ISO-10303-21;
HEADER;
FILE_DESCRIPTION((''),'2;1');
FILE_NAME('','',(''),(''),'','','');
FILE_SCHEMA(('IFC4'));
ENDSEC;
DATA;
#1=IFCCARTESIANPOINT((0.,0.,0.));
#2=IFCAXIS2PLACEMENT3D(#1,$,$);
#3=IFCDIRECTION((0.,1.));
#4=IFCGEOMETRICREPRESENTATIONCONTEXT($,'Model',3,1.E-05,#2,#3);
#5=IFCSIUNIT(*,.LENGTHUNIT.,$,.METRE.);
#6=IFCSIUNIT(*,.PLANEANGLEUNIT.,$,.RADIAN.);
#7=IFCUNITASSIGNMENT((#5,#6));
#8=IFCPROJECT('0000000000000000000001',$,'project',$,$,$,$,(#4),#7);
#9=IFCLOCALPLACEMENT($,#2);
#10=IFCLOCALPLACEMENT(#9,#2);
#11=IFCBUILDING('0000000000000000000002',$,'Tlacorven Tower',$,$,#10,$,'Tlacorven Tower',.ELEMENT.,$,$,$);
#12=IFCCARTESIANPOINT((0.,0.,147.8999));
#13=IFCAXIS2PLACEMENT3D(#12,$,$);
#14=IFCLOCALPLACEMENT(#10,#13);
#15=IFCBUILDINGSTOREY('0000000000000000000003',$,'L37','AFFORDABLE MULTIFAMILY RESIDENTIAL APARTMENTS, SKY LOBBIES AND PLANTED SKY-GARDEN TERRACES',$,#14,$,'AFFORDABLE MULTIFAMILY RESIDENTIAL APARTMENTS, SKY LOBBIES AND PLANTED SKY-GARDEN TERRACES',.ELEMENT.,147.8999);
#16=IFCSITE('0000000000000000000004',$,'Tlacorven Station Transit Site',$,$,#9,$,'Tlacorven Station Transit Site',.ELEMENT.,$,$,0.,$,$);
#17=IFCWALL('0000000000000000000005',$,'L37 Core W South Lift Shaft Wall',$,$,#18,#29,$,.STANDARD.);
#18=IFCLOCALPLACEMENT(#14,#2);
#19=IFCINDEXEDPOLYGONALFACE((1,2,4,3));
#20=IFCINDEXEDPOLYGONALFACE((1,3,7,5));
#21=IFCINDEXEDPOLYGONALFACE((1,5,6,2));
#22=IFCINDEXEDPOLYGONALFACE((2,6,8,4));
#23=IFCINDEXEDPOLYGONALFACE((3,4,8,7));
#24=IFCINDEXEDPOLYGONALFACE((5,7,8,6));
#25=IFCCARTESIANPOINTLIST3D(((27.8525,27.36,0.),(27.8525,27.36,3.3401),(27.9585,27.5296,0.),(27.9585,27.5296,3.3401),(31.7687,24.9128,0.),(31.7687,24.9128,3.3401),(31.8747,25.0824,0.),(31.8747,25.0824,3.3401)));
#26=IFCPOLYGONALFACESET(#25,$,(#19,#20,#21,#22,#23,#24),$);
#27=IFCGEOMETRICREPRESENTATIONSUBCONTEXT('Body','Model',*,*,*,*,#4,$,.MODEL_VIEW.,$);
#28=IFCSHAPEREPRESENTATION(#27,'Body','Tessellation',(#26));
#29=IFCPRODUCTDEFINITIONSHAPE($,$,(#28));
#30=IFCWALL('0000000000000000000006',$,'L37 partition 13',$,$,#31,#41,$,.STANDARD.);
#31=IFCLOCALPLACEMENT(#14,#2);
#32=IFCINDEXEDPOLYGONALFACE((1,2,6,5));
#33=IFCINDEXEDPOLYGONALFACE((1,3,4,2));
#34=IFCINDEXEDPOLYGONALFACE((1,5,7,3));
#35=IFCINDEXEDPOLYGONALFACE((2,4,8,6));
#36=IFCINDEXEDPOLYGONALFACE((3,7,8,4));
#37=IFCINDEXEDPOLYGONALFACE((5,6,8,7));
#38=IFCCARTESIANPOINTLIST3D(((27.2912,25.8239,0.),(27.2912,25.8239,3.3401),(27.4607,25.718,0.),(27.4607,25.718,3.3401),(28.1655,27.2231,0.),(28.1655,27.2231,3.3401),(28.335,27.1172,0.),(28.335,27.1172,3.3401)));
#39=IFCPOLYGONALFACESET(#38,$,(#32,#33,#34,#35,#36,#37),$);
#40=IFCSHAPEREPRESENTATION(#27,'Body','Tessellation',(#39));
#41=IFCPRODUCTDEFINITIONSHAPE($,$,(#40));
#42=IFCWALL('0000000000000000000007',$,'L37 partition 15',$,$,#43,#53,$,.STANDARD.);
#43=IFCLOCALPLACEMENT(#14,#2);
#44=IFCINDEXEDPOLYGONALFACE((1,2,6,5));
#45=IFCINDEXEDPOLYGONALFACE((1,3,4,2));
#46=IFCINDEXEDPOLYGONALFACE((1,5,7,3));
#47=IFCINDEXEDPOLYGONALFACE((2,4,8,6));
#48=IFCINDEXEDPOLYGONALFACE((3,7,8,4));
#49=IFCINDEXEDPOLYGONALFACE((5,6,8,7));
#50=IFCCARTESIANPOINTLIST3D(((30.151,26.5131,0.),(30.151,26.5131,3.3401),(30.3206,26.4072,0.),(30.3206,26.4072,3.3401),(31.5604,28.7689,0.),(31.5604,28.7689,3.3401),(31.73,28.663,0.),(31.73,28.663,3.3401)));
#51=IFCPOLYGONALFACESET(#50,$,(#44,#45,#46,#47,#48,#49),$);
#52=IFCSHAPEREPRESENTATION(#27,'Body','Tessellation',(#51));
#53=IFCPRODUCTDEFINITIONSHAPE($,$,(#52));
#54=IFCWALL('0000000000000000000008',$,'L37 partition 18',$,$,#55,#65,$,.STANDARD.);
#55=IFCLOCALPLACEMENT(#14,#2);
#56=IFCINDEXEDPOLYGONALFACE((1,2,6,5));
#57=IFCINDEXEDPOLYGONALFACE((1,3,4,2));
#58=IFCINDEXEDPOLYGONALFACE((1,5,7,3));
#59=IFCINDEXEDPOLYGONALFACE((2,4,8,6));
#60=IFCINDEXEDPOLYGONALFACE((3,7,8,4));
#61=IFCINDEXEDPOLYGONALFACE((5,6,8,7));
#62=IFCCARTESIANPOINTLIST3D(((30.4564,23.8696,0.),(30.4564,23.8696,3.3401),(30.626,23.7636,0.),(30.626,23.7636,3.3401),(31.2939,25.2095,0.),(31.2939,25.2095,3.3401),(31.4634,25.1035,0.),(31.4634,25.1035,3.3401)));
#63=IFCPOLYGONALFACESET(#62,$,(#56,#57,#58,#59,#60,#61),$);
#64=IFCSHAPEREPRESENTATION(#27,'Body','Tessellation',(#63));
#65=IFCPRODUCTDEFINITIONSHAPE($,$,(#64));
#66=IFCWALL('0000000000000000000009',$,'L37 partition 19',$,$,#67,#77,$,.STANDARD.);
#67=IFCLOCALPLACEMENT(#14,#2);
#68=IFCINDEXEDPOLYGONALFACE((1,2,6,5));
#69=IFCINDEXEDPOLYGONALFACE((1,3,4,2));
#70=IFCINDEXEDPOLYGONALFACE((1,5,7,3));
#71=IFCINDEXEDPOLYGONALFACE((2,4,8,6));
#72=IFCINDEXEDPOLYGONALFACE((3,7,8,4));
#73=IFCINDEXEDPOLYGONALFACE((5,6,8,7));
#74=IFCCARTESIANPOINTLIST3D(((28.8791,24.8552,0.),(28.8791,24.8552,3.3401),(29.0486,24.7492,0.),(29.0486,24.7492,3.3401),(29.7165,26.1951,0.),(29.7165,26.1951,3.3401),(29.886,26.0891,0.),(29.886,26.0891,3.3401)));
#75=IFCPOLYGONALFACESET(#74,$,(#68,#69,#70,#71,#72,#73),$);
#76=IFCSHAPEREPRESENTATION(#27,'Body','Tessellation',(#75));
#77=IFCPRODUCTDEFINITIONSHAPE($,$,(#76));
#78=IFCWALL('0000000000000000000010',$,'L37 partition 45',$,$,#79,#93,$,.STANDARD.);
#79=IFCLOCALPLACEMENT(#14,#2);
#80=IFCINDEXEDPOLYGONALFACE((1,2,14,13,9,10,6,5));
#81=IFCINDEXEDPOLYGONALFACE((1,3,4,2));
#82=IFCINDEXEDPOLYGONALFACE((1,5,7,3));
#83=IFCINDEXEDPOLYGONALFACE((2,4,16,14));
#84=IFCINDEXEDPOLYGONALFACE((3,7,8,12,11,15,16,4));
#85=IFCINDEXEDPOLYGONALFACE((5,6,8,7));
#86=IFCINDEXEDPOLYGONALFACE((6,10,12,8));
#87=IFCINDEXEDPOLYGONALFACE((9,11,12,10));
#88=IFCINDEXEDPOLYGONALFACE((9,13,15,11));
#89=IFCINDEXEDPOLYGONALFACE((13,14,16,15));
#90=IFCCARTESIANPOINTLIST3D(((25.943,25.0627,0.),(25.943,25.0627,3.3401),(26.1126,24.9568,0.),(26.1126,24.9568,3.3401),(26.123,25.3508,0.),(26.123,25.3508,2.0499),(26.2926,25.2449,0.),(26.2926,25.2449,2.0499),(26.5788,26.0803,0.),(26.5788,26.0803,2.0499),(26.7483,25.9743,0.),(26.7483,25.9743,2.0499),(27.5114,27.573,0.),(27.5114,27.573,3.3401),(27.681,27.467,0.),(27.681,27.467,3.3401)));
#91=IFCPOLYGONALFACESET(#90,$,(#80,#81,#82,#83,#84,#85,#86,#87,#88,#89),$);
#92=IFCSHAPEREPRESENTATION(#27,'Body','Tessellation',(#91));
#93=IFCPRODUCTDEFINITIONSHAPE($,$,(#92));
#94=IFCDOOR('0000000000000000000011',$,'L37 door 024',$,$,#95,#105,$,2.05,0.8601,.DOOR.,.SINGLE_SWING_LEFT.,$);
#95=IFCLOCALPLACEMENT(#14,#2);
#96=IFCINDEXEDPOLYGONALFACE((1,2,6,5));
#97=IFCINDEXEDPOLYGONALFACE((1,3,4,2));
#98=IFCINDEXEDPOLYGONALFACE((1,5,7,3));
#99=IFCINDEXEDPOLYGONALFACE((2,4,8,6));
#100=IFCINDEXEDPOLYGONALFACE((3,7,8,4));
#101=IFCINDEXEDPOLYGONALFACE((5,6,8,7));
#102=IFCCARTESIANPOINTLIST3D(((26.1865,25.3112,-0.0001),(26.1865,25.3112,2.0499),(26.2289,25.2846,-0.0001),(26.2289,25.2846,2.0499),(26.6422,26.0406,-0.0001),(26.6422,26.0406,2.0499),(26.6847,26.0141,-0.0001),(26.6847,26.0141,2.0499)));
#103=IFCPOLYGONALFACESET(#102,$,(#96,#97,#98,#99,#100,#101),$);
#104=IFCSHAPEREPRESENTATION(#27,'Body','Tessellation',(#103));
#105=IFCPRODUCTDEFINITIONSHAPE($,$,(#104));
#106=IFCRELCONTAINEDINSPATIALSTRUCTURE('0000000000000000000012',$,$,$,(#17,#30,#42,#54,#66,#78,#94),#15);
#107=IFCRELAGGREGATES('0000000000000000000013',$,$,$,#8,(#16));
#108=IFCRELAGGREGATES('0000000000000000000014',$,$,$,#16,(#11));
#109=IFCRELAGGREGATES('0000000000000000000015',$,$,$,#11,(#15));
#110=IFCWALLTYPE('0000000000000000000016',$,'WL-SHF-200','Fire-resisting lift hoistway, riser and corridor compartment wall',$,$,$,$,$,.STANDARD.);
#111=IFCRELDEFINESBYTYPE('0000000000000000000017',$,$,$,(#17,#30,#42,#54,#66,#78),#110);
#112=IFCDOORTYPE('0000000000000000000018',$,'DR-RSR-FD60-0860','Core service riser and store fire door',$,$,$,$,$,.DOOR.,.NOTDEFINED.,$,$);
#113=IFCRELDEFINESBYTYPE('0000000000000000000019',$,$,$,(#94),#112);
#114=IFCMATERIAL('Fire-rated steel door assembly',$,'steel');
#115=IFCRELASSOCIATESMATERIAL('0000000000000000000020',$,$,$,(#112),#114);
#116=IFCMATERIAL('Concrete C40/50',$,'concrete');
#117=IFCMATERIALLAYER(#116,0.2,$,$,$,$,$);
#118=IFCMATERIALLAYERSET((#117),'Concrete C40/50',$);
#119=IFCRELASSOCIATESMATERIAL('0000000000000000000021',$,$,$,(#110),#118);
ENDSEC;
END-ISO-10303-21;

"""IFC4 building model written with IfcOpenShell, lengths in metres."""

from ifc_helpers import new_model, si_unit, direction, frame, frame_2d, origin, place, context, subcontext, project, spatial, rectangle, extrude, source, transform, mapped, material, layer, layer_set, type_object, element, fill, save


model = new_model("IFC4")

# Units and contexts
model_context = context("Model", 3, precision=1e-05, world=origin(), true_north=direction((0.0, 1.0)))
body_context = subcontext(model_context, "Body", "Model", "MODEL_VIEW")
ifc_project = project(units=[si_unit("LENGTHUNIT", "METRE"), si_unit("PLANEANGLEUNIT", "RADIAN")], contexts=[model_context])

# Site, building, storey
site_placement = place(None, origin())
site = spatial("IfcSite", under=ifc_project, at=site_placement, Name="Tlacorven Station Transit Site", LongName="Tlacorven Station Transit Site", CompositionType="ELEMENT", RefElevation=0.0)
building_placement = place(site_placement, origin())
building = spatial("IfcBuilding", under=site, at=building_placement, Name="Tlacorven Tower", LongName="Tlacorven Tower", CompositionType="ELEMENT")
storey_placement = place(building_placement, frame((0.0, 0.0, 147.8999)))
storey = spatial("IfcBuildingStorey", under=building, at=storey_placement, Name="L37", Description="AFFORDABLE MULTIFAMILY RESIDENTIAL APARTMENTS, SKY LOBBIES AND PLANTED SKY-GARDEN TERRACES", LongName="AFFORDABLE MULTIFAMILY RESIDENTIAL APARTMENTS, SKY LOBBIES AND PLANTED SKY-GARDEN TERRACES", CompositionType="ELEMENT", Elevation=147.8999)

# Shared definitions
ifc_material_1 = material(Name="Fire-rated steel door assembly", Category="steel")
door_type_1 = type_object("IfcDoorType", Name="DR-RSR-FD60-0860", Description="Core service riser and store fire door", OperationType="NOTDEFINED", PredefinedType="DOOR", material=ifc_material_1)
shared_shape_1 = source(origin(), body_context, "Body", "SweptSolid", [
    extrude(rectangle(XDim=0.8601, YDim=2.05, at=frame_2d((0.4302, 1.0249))), frame((0.0, 0.0249, 0.0), z_axis=(0.0, -1.0, 0.0), x_axis=(1.0, 0.0, 0.0)), (0.0, 0.0, 1.0), 0.05),
])

# Walls
ifc_material_2 = material(Name="Concrete C40/50", Category="concrete")
ifc_layer_1 = layer(ifc_material_2, 0.2)
ifc_layer_set_1 = layer_set([ifc_layer_1], Name="Concrete C40/50")
wall_type_1 = type_object("IfcWallType", Name="WL-SHF-200", Description="Fire-resisting lift hoistway, riser and corridor compartment wall", PredefinedType="STANDARD", material=ifc_layer_set_1)
wall_1_placement = place(storey_placement, frame((31.8218, 24.9976, 0.0), z_axis=(0.0, 0.0, 1.0), x_axis=(-0.848037, 0.529937, 0.0)))
element("IfcWall", 1, at=wall_1_placement, inside=storey, type_object=wall_type_1, Name="L37 Core W South Lift Shaft Wall", PredefinedType="STANDARD", context=body_context, shape_type="SweptSolid", body=[
    extrude(rectangle(XDim=4.6179, YDim=0.2, at=frame_2d((2.3091, 0.0))), origin(), (0.0, 0.0, 1.0), 3.3401),
])
wall_2_placement = place(storey_placement, frame((28.2502, 27.1702, 0.0), z_axis=(0.0, 0.0, 1.0), x_axis=(-0.529906, -0.848056, 0.0)))
element("IfcWall", 2, at=wall_2_placement, inside=storey, type_object=wall_type_1, Name="L37 partition 13", PredefinedType="STANDARD", context=body_context, shape_type="SweptSolid", body=[
    extrude(rectangle(XDim=1.6499, YDim=0.2, at=frame_2d((0.825, 0.0))), origin(), (0.0, 0.0, 1.0), 3.3401),
])
wall_3_placement = place(storey_placement, frame((31.6453, 28.7161, 0.0), z_axis=(0.0, 0.0, 1.0), x_axis=(-0.529867, -0.848081, 0.0)))
element("IfcWall", 3, at=wall_3_placement, inside=storey, type_object=wall_type_1, Name="L37 partition 15", PredefinedType="STANDARD", context=body_context, shape_type="SweptSolid", body=[
    extrude(rectangle(XDim=2.6599, YDim=0.2, at=frame_2d((1.3301, 0.0))), origin(), (0.0, 0.0, 1.0), 3.3401),
])
for number, where, z_axis, x_axis, name in (
    (4, (31.3787, 25.1565, 0.0), (0.0, 0.0, 1.0), (-0.529999, -0.847998, 0.0), "L37 partition 18"),
    (5, (29.8013, 26.1421, 0.0), (0.0, 0.0, 1.0), (-0.529999, -0.847998, 0.0), "L37 partition 19"),
):
    element("IfcWall", number, at=place(storey_placement, frame(where, z_axis=z_axis, x_axis=x_axis)), inside=storey, type_object=wall_type_1, Name=name, PredefinedType="STANDARD", context=body_context, shape_type="SweptSolid", body=[
        extrude(rectangle(XDim=1.5801, YDim=0.2, at=frame_2d((0.79, 0.0))), origin(), (0.0, 0.0, 1.0), 3.3401),
    ])

# Wall, opening, door
wall_4_placement = place(storey_placement, frame((27.5962, 27.52, 0.0), z_axis=(0.0, 0.0, 1.0), x_axis=(-0.529865, -0.848082, 0.0)))
wall_4 = element("IfcWall", 6, at=wall_4_placement, inside=storey, type_object=wall_type_1, Name="L37 partition 45", PredefinedType="STANDARD", context=body_context, shape_type="SweptSolid", body=[
    extrude(rectangle(XDim=2.96, YDim=0.2, at=frame_2d((1.48, 0.0))), origin(), (0.0, 0.0, 1.0), 3.3401),
])
opening_1_placement = place(wall_4_placement, frame((1.76, 0.0, 0.0)))
opening_1 = element("IfcOpeningElement", 7, at=opening_1_placement, cuts=wall_4, PredefinedType="OPENING", context=body_context, shape_type="SweptSolid", body=[
    extrude(rectangle(XDim=0.8601, YDim=2.05, at=frame_2d((0.4302, 1.0249))), frame((0.0, 0.1099, 0.0), z_axis=(0.0, -1.0, 0.0), x_axis=(1.0, 0.0, 0.0)), (0.0, 0.0, 1.0), 0.22),
])
door_1_placement = place(opening_1_placement, origin())
door_1 = element("IfcDoor", 8, at=door_1_placement, inside=storey, type_object=door_type_1, Name="L37 door 024", OperationType="SINGLE_SWING_LEFT", OverallHeight=2.05, OverallWidth=0.8601, PredefinedType="DOOR", context=body_context, shape_type="MappedRepresentation", body=[
    mapped(shared_shape_1, transform((0.0, 0.0, 0.0), scale=1.0)),
])
fill(opening_1, door_1)

save(model, "model.ifc")
